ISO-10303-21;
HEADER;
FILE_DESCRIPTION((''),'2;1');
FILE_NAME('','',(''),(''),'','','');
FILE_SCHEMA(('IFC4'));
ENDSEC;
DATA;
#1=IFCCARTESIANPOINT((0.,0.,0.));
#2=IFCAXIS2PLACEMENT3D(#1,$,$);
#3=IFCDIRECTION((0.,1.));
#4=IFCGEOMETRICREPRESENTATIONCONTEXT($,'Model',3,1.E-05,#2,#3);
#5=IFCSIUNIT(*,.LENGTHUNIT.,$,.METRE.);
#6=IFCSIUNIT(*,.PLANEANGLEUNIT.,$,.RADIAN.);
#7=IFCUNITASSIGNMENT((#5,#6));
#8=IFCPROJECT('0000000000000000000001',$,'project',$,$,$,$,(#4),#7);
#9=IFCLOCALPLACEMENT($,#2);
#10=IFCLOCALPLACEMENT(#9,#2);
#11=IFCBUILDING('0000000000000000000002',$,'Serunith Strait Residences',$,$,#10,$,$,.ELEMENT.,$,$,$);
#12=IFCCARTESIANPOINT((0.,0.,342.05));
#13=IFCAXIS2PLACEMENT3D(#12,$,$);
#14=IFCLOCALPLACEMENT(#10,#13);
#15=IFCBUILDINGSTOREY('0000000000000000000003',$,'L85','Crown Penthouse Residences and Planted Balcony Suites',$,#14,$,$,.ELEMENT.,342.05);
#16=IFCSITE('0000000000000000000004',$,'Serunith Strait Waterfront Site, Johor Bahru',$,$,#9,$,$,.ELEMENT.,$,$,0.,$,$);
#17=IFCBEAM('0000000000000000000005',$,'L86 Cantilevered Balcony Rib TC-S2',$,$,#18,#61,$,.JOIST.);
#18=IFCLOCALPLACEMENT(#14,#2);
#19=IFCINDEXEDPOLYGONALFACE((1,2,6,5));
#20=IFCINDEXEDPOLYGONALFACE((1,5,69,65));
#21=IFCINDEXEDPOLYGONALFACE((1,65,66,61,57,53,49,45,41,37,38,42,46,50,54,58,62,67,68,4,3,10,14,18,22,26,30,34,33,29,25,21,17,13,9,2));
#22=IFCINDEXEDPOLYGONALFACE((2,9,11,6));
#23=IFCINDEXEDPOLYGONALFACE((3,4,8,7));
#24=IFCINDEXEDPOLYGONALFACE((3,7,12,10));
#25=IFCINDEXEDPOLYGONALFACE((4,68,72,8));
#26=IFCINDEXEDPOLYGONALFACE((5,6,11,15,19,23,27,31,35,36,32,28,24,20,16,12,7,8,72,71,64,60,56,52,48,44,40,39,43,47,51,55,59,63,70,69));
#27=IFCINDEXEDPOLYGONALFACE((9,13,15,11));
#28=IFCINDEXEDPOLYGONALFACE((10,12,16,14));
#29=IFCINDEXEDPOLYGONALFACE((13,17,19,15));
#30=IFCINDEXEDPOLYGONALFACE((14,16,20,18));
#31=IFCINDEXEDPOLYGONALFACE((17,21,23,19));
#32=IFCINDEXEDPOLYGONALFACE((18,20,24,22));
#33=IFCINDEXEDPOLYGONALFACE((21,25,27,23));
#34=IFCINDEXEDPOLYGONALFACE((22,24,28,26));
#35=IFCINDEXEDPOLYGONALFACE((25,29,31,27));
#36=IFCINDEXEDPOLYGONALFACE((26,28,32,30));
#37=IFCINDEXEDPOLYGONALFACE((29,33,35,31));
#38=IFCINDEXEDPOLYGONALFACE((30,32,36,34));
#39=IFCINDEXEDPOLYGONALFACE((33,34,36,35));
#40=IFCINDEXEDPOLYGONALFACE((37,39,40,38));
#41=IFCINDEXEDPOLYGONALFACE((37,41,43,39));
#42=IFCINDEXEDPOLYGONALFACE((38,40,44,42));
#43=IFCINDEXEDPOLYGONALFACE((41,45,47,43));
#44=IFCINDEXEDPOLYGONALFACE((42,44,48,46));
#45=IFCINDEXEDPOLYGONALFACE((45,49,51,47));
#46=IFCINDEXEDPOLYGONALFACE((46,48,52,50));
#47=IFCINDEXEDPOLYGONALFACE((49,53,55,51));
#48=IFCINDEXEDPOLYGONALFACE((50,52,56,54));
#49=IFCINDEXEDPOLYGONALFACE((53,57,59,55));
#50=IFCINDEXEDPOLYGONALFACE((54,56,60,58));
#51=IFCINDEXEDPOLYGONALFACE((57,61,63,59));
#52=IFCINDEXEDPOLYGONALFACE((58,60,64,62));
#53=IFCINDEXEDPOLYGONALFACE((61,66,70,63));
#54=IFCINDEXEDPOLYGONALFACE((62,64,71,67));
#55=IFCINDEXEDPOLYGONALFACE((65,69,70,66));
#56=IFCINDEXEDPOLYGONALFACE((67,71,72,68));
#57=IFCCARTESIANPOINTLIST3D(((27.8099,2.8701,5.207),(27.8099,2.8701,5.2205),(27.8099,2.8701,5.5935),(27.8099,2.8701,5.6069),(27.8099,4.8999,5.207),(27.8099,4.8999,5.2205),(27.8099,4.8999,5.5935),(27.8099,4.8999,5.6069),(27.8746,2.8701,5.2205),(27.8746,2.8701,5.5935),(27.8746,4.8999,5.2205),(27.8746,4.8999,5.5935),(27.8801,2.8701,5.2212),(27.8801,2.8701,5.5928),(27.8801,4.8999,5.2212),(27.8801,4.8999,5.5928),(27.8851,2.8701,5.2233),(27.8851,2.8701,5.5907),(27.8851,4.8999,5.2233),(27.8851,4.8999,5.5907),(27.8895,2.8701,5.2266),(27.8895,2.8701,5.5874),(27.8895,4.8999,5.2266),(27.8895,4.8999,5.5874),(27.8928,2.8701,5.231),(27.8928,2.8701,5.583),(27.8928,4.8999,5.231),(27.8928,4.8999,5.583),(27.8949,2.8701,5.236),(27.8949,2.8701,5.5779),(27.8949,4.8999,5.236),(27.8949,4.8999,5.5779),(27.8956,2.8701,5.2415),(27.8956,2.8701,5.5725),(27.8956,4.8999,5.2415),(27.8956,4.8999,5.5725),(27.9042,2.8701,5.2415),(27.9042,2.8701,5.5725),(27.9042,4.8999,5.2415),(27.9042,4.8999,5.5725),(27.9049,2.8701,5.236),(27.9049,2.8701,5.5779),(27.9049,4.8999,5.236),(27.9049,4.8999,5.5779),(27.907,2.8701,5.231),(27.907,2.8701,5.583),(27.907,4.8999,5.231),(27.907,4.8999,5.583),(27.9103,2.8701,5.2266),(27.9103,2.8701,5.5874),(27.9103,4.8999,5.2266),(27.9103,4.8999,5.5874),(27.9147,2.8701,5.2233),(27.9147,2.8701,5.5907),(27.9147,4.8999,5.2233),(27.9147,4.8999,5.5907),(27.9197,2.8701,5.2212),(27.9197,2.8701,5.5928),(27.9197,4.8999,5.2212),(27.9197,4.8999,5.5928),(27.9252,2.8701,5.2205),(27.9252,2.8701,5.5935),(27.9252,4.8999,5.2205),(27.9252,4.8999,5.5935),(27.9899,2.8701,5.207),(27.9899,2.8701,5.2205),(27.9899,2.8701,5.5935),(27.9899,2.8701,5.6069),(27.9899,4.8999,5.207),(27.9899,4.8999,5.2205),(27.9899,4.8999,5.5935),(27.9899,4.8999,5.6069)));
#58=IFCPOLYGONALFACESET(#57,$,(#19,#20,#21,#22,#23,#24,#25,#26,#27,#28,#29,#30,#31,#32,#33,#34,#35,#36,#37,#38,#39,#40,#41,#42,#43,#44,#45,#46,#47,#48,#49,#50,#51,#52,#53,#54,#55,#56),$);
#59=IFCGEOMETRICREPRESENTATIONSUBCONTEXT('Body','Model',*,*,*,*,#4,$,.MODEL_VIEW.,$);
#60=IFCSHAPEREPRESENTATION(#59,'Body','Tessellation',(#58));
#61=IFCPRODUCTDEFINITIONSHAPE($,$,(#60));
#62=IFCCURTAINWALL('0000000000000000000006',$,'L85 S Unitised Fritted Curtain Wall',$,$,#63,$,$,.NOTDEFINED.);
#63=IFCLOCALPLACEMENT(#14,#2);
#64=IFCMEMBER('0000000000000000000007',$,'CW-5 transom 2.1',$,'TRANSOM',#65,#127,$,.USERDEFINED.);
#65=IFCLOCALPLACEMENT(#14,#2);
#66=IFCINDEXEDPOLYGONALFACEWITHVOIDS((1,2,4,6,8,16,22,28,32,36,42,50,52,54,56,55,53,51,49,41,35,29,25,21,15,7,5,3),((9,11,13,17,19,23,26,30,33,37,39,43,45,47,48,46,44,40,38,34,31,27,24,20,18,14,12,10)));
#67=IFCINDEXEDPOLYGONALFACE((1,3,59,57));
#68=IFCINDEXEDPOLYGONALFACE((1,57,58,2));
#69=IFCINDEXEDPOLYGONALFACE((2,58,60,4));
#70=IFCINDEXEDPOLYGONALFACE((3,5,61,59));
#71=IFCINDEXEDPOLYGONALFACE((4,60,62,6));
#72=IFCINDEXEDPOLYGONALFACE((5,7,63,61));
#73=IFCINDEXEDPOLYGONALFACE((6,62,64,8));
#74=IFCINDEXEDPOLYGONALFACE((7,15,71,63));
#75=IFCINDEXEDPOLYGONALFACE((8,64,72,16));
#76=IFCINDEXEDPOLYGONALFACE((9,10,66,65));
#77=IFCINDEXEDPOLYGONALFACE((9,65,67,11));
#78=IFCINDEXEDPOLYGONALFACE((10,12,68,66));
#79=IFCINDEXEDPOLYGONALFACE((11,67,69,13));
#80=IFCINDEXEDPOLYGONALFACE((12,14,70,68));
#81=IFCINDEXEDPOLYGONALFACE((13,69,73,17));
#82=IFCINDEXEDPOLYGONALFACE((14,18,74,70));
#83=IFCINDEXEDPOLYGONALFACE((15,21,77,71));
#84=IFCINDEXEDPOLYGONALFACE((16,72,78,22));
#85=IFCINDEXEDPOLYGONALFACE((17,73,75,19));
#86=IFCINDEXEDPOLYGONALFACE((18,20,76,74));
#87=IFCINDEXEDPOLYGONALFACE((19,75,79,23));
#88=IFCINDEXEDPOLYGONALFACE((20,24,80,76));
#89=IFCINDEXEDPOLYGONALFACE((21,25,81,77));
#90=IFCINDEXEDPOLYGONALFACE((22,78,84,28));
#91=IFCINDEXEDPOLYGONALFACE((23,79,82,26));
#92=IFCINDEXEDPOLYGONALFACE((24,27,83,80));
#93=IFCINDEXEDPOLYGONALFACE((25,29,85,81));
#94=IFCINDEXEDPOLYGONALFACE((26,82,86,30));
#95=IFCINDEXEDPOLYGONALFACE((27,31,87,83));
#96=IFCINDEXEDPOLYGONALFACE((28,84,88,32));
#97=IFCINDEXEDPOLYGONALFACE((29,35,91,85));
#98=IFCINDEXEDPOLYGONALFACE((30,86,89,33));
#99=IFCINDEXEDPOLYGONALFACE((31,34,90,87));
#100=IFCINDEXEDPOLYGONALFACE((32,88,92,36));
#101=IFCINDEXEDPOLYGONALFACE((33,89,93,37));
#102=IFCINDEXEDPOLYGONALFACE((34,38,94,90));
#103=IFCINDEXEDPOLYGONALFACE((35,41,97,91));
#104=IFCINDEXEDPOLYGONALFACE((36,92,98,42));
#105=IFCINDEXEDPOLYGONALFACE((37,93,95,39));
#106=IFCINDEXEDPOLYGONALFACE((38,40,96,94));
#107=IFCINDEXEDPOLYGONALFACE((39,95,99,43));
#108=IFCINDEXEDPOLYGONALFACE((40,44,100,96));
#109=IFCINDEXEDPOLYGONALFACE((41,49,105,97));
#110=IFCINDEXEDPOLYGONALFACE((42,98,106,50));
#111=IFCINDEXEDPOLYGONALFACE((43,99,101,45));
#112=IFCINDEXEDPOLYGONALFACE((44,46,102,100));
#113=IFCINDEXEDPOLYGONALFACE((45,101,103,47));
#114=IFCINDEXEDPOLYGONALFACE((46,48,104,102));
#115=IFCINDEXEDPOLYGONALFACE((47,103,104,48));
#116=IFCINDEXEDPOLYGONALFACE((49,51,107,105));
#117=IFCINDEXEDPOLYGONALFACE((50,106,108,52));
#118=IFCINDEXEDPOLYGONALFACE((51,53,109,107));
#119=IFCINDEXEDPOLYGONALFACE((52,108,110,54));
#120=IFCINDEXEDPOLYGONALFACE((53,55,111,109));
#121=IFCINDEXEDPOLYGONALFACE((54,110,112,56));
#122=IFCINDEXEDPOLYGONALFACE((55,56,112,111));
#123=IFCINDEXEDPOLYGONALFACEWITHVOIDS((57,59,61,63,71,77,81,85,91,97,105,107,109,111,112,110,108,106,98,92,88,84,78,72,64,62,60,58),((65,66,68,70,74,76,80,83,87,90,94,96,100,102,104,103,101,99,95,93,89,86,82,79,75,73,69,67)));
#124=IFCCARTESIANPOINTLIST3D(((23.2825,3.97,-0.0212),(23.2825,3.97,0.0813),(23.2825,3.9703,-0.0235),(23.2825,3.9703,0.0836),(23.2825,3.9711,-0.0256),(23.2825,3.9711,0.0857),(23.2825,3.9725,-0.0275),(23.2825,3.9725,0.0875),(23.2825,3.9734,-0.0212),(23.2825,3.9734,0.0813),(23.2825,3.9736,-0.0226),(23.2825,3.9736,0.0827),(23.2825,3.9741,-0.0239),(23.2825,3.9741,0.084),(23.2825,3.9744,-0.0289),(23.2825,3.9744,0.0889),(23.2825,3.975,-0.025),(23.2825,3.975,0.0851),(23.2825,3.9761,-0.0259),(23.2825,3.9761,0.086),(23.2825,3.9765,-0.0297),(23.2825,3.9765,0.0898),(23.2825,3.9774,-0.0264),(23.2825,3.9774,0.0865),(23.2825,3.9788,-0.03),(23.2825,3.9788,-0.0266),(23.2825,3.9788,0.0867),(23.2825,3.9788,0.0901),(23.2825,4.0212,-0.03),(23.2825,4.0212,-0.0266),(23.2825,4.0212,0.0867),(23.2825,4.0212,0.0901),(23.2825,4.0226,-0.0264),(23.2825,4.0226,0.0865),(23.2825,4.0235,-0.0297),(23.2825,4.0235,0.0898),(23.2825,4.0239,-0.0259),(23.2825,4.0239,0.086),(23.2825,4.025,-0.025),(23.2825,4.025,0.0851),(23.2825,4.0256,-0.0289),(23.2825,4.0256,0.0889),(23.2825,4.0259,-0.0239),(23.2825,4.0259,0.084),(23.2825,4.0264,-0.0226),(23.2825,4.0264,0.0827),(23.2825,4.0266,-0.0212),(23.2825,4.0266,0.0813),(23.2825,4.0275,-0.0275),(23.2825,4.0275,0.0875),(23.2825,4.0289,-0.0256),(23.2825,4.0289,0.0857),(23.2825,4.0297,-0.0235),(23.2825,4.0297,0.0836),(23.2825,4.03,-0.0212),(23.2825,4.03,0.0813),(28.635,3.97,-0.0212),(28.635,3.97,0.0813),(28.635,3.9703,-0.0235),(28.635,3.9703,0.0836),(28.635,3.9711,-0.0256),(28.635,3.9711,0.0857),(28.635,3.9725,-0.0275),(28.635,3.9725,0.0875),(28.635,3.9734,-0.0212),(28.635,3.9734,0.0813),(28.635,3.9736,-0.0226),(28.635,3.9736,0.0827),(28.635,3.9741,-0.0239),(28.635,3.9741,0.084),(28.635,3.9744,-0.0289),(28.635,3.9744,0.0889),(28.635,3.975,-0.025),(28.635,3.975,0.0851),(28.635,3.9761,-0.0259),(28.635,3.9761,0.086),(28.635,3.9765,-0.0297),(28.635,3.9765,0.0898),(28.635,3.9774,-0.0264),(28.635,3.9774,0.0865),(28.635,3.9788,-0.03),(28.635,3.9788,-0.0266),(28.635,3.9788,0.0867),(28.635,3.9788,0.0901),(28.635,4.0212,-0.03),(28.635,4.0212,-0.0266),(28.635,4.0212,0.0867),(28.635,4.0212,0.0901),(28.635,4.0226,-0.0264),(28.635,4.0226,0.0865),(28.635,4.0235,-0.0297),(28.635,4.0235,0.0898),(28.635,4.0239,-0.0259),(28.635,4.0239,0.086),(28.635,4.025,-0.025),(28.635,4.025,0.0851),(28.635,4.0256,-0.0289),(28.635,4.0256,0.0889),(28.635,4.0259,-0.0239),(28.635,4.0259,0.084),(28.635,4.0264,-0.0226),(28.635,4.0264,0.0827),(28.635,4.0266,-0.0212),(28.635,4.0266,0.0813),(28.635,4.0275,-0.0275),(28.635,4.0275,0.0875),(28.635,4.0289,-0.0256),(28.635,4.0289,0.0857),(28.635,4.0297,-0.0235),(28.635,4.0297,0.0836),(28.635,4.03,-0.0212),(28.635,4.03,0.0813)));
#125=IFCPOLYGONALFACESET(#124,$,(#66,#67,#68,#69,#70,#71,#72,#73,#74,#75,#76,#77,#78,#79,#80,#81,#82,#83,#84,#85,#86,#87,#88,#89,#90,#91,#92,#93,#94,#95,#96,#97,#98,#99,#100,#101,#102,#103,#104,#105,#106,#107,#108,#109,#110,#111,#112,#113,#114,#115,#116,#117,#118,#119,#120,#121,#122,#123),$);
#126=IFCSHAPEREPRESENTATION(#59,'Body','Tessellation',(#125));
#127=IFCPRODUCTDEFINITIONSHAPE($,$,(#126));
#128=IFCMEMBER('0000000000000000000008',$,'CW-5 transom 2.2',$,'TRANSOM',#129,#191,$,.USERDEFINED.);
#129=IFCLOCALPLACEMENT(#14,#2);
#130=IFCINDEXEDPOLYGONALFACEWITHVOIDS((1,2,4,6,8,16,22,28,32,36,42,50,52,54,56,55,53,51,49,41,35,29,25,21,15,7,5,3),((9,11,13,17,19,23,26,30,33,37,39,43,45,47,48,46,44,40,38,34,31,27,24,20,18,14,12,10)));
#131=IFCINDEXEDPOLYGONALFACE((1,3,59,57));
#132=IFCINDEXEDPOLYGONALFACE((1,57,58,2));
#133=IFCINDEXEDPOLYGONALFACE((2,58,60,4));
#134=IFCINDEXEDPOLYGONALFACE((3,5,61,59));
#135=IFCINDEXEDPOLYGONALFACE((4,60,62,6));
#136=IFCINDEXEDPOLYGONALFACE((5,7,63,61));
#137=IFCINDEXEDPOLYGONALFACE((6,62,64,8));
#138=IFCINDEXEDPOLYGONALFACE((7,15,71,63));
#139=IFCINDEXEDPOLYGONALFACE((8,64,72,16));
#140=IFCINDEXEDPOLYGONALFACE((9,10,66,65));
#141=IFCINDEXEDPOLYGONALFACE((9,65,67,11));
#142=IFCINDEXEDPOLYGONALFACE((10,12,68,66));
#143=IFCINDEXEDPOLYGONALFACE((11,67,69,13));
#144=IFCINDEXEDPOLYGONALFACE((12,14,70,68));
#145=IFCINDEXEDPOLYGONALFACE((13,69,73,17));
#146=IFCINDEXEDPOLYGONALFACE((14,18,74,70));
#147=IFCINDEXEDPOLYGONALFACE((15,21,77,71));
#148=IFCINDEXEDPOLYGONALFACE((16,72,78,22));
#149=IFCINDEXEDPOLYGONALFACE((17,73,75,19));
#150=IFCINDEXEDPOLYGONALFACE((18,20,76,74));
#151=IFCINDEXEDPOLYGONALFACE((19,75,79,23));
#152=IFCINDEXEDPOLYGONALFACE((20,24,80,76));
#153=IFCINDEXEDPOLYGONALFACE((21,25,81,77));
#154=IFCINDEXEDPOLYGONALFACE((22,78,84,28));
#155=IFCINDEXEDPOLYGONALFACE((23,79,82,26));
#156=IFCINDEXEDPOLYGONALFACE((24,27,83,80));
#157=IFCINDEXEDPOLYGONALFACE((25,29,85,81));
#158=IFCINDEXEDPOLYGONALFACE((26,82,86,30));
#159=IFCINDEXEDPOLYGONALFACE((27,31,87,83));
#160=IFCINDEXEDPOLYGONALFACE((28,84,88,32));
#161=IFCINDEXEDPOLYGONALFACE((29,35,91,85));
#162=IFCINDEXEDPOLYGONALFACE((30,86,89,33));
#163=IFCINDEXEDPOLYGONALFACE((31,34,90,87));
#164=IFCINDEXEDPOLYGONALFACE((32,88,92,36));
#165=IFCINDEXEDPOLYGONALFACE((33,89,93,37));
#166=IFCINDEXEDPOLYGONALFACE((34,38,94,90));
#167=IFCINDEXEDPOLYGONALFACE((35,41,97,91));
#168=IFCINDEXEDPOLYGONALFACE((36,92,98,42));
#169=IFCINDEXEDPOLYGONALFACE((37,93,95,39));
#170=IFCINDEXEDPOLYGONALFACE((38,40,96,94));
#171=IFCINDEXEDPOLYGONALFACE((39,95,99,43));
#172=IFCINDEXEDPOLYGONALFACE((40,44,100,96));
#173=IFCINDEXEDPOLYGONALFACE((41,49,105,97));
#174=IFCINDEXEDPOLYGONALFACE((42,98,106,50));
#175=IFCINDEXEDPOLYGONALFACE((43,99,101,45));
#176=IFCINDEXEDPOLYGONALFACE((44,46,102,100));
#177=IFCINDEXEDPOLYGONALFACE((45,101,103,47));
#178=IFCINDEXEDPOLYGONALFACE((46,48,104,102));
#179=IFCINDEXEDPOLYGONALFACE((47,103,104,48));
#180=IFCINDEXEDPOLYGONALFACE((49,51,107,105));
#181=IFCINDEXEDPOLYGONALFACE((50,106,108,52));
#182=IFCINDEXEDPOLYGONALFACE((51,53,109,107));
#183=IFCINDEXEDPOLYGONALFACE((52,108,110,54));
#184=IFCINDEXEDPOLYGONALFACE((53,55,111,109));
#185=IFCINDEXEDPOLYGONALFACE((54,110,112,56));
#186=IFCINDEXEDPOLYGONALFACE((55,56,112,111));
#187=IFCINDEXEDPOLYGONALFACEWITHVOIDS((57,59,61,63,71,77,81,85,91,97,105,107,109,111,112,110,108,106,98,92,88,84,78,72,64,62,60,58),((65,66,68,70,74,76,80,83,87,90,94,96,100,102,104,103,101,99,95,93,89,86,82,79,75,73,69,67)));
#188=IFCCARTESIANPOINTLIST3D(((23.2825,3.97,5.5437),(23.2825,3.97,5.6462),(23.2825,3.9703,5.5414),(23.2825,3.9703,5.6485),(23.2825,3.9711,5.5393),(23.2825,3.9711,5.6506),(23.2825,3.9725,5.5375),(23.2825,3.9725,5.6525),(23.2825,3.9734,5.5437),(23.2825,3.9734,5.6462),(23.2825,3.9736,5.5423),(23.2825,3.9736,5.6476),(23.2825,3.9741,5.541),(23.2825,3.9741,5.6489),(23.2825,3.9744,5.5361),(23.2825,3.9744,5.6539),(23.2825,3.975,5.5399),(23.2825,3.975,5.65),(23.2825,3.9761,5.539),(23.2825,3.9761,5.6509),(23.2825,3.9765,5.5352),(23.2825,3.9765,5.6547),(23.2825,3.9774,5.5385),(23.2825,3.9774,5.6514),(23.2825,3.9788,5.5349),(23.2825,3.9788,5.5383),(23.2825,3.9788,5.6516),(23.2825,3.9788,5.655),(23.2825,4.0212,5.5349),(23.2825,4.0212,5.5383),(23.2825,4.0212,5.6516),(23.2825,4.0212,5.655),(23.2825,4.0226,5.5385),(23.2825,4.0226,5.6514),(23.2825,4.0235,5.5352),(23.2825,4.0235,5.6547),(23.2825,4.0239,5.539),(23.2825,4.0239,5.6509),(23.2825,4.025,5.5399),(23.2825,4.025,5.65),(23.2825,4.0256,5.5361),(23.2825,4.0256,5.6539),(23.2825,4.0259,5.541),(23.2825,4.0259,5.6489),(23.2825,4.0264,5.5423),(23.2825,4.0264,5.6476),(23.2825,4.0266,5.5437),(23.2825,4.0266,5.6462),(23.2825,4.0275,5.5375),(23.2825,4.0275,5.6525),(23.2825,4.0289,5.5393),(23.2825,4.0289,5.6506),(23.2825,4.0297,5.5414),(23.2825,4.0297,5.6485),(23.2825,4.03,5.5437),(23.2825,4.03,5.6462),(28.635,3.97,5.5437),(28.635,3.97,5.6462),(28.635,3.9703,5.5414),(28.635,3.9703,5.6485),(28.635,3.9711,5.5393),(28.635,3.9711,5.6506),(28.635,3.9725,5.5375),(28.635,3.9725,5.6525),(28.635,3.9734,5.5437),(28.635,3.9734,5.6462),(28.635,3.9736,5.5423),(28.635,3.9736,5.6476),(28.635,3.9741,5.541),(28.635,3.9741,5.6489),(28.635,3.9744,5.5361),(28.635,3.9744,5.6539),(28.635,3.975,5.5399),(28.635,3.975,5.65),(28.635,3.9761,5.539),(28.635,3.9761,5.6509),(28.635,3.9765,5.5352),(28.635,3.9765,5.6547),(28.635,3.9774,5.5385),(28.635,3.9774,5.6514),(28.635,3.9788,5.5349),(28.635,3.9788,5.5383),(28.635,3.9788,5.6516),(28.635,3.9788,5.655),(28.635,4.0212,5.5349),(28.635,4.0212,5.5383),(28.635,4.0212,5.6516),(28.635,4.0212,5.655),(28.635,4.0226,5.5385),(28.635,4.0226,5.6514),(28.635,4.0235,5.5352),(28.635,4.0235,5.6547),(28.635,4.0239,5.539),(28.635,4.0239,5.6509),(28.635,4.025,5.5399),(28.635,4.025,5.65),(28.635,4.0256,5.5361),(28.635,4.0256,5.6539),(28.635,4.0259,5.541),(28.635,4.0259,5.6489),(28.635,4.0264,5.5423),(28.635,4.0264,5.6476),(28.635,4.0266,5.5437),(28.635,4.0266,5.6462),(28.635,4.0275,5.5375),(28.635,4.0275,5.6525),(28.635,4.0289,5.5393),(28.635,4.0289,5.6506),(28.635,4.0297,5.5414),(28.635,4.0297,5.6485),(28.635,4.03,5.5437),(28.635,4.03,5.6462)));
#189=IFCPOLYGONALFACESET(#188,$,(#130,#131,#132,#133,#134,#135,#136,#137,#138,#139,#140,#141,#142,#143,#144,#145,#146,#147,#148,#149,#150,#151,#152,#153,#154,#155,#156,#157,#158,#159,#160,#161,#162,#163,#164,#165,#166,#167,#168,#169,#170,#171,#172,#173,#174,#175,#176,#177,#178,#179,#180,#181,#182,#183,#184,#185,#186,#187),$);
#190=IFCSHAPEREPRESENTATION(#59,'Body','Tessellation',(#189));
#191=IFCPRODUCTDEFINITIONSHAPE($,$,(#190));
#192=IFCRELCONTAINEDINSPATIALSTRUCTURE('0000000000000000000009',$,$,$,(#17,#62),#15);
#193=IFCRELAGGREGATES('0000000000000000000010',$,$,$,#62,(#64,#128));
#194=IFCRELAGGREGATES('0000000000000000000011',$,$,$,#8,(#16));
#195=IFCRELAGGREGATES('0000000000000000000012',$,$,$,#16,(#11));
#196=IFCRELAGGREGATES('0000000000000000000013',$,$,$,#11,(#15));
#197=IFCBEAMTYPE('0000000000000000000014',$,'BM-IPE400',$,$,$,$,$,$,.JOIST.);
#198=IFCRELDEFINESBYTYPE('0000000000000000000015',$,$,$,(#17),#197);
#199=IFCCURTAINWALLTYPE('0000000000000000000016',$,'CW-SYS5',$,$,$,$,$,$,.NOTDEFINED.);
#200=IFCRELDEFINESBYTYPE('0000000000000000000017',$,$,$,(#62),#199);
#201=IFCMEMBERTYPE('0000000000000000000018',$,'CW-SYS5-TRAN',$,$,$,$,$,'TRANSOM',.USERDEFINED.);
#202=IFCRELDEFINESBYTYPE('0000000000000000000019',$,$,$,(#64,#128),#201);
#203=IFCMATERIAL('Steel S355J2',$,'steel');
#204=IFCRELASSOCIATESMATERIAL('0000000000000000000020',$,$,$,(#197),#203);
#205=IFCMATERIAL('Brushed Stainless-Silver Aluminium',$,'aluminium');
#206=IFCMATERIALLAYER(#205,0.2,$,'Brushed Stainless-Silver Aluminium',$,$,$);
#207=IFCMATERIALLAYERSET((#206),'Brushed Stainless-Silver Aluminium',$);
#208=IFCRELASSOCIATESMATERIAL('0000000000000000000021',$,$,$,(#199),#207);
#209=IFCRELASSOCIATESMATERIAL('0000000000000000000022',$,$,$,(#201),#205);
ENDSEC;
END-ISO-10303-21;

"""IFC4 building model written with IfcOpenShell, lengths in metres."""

from ifc_helpers import new_model, si_unit, direction, frame, origin, origin_2d, place, context, subcontext, project, spatial, hollow_rectangle, i_section, extrude, source, transform, mapped, material, layer, layer_set, material_profile, profile_set, type_object, element, aggregate, save


model = new_model("IFC4")

# Units and contexts
model_context = context("Model", 3, precision=1e-05, world=origin(), true_north=direction((0.0, 1.0)))
body_context = subcontext(model_context, "Body", "Model", "MODEL_VIEW")
ifc_project = project(units=[si_unit("LENGTHUNIT", "METRE"), si_unit("PLANEANGLEUNIT", "RADIAN")], contexts=[model_context])

# Site, building, storey
site_placement = place(None, origin())
site = spatial("IfcSite", under=ifc_project, at=site_placement, Name="Serunith Strait Waterfront Site, Johor Bahru", CompositionType="ELEMENT", RefElevation=0.0)
building_placement = place(site_placement, origin())
building = spatial("IfcBuilding", under=site, at=building_placement, Name="Serunith Strait Residences", CompositionType="ELEMENT")
storey_placement = place(building_placement, frame((0.0, 0.0, 342.05)))
storey = spatial("IfcBuildingStorey", under=building, at=storey_placement, Name="L85", Description="Crown Penthouse Residences and Planted Balcony Suites", CompositionType="ELEMENT", Elevation=342.05)

# Beam
ifc_material_1 = material(Name="Steel S355J2", Category="steel")
ifc_material_profile_1 = material_profile(ifc_material_1, i_section(OverallWidth=0.1799, OverallDepth=0.3999, WebThickness=0.0085, FlangeThickness=0.0134, FilletRadius=0.021, at=origin_2d()), Name="IPE 400")
ifc_profile_set_1 = profile_set([ifc_material_profile_1], Name="Steel S355J2")
beam_type_1 = type_object("IfcBeamType", Name="BM-IPE400", PredefinedType="JOIST", material=ifc_profile_set_1)
shared_shape_1 = source(origin(), body_context, "Body", "SweptSolid", [
    extrude(i_section(OverallWidth=0.1799, OverallDepth=0.3999, WebThickness=0.0085, FlangeThickness=0.0134, FilletRadius=0.021, at=origin_2d()), origin(), (0.0, 0.0, 1.0), 2.0298),
])
beam_1_placement = place(storey_placement, frame((27.8999, 4.8999, 5.407), z_axis=(0.0, -1.0, 0.0), x_axis=(1.0, 0.0, 0.0)))
element("IfcBeam", 1, at=beam_1_placement, inside=storey, type_object=beam_type_1, Name="L86 Cantilevered Balcony Rib TC-S2", PredefinedType="JOIST", context=body_context, shape_type="MappedRepresentation", body=[
    mapped(shared_shape_1, transform((0.0, 0.0, 0.0), scale=1.0)),
])

# Curtain wall, members
ifc_material_2 = material(Name="Brushed Stainless-Silver Aluminium", Category="aluminium")
ifc_layer_1 = layer(ifc_material_2, 0.2, Name="Brushed Stainless-Silver Aluminium")
ifc_layer_set_1 = layer_set([ifc_layer_1], Name="Brushed Stainless-Silver Aluminium")
curtain_wall_type = type_object("IfcCurtainWallType", Name="CW-SYS5", PredefinedType="NOTDEFINED", material=ifc_layer_set_1)
curtain_wall_1_placement = place(storey_placement, origin())
curtain_wall_1 = element("IfcCurtainWall", 2, at=curtain_wall_1_placement, inside=storey, type_object=curtain_wall_type, Name="L85 S Unitised Fritted Curtain Wall", PredefinedType="NOTDEFINED")
ifc_material_profile_2 = material_profile(ifc_material_2, hollow_rectangle(XDim=0.0601, YDim=0.1201, WallThickness=0.0034, InnerFilletRadius=0.0054, OuterFilletRadius=0.0088, at=origin_2d()), Name="ALU 120x60x3.5")
ifc_profile_set_2 = profile_set([ifc_material_profile_2], Name="Brushed Stainless-Silver Aluminium")
member_type_1 = type_object("IfcMemberType", Name="CW-SYS5-TRAN", ElementType="TRANSOM", PredefinedType="USERDEFINED", material=ifc_profile_set_2)
shared_shape_2 = source(origin(), body_context, "Body", "SweptSolid", [
    extrude(hollow_rectangle(XDim=0.0601, YDim=0.1201, WallThickness=0.0034, InnerFilletRadius=0.0054, OuterFilletRadius=0.0088, at=origin_2d()), origin(), (0.0, 0.0, 1.0), 5.3525),
])
member_1_placement = place(storey_placement, frame((23.2825, 4.0, 0.03), z_axis=(1.0, 0.0, 0.0), x_axis=(0.0, 1.0, 0.0)))
member_1 = element("IfcMember", 3, at=member_1_placement, type_object=member_type_1, Name="CW-5 transom 2.1", ObjectType="TRANSOM", PredefinedType="USERDEFINED", context=body_context, shape_type="MappedRepresentation", body=[
    mapped(shared_shape_2, transform((0.0, 0.0, 0.0), scale=1.0)),
])
member_2_placement = place(storey_placement, frame((23.2825, 4.0, 5.595), z_axis=(1.0, 0.0, 0.0), x_axis=(0.0, 1.0, 0.0)))
member_2 = element("IfcMember", 4, at=member_2_placement, type_object=member_type_1, Name="CW-5 transom 2.2", ObjectType="TRANSOM", PredefinedType="USERDEFINED", context=body_context, shape_type="MappedRepresentation", body=[
    mapped(shared_shape_2, transform((0.0, 0.0, 0.0), scale=1.0)),
])

aggregate(curtain_wall_1, [member_1, member_2])

save(model, "model.ifc")
